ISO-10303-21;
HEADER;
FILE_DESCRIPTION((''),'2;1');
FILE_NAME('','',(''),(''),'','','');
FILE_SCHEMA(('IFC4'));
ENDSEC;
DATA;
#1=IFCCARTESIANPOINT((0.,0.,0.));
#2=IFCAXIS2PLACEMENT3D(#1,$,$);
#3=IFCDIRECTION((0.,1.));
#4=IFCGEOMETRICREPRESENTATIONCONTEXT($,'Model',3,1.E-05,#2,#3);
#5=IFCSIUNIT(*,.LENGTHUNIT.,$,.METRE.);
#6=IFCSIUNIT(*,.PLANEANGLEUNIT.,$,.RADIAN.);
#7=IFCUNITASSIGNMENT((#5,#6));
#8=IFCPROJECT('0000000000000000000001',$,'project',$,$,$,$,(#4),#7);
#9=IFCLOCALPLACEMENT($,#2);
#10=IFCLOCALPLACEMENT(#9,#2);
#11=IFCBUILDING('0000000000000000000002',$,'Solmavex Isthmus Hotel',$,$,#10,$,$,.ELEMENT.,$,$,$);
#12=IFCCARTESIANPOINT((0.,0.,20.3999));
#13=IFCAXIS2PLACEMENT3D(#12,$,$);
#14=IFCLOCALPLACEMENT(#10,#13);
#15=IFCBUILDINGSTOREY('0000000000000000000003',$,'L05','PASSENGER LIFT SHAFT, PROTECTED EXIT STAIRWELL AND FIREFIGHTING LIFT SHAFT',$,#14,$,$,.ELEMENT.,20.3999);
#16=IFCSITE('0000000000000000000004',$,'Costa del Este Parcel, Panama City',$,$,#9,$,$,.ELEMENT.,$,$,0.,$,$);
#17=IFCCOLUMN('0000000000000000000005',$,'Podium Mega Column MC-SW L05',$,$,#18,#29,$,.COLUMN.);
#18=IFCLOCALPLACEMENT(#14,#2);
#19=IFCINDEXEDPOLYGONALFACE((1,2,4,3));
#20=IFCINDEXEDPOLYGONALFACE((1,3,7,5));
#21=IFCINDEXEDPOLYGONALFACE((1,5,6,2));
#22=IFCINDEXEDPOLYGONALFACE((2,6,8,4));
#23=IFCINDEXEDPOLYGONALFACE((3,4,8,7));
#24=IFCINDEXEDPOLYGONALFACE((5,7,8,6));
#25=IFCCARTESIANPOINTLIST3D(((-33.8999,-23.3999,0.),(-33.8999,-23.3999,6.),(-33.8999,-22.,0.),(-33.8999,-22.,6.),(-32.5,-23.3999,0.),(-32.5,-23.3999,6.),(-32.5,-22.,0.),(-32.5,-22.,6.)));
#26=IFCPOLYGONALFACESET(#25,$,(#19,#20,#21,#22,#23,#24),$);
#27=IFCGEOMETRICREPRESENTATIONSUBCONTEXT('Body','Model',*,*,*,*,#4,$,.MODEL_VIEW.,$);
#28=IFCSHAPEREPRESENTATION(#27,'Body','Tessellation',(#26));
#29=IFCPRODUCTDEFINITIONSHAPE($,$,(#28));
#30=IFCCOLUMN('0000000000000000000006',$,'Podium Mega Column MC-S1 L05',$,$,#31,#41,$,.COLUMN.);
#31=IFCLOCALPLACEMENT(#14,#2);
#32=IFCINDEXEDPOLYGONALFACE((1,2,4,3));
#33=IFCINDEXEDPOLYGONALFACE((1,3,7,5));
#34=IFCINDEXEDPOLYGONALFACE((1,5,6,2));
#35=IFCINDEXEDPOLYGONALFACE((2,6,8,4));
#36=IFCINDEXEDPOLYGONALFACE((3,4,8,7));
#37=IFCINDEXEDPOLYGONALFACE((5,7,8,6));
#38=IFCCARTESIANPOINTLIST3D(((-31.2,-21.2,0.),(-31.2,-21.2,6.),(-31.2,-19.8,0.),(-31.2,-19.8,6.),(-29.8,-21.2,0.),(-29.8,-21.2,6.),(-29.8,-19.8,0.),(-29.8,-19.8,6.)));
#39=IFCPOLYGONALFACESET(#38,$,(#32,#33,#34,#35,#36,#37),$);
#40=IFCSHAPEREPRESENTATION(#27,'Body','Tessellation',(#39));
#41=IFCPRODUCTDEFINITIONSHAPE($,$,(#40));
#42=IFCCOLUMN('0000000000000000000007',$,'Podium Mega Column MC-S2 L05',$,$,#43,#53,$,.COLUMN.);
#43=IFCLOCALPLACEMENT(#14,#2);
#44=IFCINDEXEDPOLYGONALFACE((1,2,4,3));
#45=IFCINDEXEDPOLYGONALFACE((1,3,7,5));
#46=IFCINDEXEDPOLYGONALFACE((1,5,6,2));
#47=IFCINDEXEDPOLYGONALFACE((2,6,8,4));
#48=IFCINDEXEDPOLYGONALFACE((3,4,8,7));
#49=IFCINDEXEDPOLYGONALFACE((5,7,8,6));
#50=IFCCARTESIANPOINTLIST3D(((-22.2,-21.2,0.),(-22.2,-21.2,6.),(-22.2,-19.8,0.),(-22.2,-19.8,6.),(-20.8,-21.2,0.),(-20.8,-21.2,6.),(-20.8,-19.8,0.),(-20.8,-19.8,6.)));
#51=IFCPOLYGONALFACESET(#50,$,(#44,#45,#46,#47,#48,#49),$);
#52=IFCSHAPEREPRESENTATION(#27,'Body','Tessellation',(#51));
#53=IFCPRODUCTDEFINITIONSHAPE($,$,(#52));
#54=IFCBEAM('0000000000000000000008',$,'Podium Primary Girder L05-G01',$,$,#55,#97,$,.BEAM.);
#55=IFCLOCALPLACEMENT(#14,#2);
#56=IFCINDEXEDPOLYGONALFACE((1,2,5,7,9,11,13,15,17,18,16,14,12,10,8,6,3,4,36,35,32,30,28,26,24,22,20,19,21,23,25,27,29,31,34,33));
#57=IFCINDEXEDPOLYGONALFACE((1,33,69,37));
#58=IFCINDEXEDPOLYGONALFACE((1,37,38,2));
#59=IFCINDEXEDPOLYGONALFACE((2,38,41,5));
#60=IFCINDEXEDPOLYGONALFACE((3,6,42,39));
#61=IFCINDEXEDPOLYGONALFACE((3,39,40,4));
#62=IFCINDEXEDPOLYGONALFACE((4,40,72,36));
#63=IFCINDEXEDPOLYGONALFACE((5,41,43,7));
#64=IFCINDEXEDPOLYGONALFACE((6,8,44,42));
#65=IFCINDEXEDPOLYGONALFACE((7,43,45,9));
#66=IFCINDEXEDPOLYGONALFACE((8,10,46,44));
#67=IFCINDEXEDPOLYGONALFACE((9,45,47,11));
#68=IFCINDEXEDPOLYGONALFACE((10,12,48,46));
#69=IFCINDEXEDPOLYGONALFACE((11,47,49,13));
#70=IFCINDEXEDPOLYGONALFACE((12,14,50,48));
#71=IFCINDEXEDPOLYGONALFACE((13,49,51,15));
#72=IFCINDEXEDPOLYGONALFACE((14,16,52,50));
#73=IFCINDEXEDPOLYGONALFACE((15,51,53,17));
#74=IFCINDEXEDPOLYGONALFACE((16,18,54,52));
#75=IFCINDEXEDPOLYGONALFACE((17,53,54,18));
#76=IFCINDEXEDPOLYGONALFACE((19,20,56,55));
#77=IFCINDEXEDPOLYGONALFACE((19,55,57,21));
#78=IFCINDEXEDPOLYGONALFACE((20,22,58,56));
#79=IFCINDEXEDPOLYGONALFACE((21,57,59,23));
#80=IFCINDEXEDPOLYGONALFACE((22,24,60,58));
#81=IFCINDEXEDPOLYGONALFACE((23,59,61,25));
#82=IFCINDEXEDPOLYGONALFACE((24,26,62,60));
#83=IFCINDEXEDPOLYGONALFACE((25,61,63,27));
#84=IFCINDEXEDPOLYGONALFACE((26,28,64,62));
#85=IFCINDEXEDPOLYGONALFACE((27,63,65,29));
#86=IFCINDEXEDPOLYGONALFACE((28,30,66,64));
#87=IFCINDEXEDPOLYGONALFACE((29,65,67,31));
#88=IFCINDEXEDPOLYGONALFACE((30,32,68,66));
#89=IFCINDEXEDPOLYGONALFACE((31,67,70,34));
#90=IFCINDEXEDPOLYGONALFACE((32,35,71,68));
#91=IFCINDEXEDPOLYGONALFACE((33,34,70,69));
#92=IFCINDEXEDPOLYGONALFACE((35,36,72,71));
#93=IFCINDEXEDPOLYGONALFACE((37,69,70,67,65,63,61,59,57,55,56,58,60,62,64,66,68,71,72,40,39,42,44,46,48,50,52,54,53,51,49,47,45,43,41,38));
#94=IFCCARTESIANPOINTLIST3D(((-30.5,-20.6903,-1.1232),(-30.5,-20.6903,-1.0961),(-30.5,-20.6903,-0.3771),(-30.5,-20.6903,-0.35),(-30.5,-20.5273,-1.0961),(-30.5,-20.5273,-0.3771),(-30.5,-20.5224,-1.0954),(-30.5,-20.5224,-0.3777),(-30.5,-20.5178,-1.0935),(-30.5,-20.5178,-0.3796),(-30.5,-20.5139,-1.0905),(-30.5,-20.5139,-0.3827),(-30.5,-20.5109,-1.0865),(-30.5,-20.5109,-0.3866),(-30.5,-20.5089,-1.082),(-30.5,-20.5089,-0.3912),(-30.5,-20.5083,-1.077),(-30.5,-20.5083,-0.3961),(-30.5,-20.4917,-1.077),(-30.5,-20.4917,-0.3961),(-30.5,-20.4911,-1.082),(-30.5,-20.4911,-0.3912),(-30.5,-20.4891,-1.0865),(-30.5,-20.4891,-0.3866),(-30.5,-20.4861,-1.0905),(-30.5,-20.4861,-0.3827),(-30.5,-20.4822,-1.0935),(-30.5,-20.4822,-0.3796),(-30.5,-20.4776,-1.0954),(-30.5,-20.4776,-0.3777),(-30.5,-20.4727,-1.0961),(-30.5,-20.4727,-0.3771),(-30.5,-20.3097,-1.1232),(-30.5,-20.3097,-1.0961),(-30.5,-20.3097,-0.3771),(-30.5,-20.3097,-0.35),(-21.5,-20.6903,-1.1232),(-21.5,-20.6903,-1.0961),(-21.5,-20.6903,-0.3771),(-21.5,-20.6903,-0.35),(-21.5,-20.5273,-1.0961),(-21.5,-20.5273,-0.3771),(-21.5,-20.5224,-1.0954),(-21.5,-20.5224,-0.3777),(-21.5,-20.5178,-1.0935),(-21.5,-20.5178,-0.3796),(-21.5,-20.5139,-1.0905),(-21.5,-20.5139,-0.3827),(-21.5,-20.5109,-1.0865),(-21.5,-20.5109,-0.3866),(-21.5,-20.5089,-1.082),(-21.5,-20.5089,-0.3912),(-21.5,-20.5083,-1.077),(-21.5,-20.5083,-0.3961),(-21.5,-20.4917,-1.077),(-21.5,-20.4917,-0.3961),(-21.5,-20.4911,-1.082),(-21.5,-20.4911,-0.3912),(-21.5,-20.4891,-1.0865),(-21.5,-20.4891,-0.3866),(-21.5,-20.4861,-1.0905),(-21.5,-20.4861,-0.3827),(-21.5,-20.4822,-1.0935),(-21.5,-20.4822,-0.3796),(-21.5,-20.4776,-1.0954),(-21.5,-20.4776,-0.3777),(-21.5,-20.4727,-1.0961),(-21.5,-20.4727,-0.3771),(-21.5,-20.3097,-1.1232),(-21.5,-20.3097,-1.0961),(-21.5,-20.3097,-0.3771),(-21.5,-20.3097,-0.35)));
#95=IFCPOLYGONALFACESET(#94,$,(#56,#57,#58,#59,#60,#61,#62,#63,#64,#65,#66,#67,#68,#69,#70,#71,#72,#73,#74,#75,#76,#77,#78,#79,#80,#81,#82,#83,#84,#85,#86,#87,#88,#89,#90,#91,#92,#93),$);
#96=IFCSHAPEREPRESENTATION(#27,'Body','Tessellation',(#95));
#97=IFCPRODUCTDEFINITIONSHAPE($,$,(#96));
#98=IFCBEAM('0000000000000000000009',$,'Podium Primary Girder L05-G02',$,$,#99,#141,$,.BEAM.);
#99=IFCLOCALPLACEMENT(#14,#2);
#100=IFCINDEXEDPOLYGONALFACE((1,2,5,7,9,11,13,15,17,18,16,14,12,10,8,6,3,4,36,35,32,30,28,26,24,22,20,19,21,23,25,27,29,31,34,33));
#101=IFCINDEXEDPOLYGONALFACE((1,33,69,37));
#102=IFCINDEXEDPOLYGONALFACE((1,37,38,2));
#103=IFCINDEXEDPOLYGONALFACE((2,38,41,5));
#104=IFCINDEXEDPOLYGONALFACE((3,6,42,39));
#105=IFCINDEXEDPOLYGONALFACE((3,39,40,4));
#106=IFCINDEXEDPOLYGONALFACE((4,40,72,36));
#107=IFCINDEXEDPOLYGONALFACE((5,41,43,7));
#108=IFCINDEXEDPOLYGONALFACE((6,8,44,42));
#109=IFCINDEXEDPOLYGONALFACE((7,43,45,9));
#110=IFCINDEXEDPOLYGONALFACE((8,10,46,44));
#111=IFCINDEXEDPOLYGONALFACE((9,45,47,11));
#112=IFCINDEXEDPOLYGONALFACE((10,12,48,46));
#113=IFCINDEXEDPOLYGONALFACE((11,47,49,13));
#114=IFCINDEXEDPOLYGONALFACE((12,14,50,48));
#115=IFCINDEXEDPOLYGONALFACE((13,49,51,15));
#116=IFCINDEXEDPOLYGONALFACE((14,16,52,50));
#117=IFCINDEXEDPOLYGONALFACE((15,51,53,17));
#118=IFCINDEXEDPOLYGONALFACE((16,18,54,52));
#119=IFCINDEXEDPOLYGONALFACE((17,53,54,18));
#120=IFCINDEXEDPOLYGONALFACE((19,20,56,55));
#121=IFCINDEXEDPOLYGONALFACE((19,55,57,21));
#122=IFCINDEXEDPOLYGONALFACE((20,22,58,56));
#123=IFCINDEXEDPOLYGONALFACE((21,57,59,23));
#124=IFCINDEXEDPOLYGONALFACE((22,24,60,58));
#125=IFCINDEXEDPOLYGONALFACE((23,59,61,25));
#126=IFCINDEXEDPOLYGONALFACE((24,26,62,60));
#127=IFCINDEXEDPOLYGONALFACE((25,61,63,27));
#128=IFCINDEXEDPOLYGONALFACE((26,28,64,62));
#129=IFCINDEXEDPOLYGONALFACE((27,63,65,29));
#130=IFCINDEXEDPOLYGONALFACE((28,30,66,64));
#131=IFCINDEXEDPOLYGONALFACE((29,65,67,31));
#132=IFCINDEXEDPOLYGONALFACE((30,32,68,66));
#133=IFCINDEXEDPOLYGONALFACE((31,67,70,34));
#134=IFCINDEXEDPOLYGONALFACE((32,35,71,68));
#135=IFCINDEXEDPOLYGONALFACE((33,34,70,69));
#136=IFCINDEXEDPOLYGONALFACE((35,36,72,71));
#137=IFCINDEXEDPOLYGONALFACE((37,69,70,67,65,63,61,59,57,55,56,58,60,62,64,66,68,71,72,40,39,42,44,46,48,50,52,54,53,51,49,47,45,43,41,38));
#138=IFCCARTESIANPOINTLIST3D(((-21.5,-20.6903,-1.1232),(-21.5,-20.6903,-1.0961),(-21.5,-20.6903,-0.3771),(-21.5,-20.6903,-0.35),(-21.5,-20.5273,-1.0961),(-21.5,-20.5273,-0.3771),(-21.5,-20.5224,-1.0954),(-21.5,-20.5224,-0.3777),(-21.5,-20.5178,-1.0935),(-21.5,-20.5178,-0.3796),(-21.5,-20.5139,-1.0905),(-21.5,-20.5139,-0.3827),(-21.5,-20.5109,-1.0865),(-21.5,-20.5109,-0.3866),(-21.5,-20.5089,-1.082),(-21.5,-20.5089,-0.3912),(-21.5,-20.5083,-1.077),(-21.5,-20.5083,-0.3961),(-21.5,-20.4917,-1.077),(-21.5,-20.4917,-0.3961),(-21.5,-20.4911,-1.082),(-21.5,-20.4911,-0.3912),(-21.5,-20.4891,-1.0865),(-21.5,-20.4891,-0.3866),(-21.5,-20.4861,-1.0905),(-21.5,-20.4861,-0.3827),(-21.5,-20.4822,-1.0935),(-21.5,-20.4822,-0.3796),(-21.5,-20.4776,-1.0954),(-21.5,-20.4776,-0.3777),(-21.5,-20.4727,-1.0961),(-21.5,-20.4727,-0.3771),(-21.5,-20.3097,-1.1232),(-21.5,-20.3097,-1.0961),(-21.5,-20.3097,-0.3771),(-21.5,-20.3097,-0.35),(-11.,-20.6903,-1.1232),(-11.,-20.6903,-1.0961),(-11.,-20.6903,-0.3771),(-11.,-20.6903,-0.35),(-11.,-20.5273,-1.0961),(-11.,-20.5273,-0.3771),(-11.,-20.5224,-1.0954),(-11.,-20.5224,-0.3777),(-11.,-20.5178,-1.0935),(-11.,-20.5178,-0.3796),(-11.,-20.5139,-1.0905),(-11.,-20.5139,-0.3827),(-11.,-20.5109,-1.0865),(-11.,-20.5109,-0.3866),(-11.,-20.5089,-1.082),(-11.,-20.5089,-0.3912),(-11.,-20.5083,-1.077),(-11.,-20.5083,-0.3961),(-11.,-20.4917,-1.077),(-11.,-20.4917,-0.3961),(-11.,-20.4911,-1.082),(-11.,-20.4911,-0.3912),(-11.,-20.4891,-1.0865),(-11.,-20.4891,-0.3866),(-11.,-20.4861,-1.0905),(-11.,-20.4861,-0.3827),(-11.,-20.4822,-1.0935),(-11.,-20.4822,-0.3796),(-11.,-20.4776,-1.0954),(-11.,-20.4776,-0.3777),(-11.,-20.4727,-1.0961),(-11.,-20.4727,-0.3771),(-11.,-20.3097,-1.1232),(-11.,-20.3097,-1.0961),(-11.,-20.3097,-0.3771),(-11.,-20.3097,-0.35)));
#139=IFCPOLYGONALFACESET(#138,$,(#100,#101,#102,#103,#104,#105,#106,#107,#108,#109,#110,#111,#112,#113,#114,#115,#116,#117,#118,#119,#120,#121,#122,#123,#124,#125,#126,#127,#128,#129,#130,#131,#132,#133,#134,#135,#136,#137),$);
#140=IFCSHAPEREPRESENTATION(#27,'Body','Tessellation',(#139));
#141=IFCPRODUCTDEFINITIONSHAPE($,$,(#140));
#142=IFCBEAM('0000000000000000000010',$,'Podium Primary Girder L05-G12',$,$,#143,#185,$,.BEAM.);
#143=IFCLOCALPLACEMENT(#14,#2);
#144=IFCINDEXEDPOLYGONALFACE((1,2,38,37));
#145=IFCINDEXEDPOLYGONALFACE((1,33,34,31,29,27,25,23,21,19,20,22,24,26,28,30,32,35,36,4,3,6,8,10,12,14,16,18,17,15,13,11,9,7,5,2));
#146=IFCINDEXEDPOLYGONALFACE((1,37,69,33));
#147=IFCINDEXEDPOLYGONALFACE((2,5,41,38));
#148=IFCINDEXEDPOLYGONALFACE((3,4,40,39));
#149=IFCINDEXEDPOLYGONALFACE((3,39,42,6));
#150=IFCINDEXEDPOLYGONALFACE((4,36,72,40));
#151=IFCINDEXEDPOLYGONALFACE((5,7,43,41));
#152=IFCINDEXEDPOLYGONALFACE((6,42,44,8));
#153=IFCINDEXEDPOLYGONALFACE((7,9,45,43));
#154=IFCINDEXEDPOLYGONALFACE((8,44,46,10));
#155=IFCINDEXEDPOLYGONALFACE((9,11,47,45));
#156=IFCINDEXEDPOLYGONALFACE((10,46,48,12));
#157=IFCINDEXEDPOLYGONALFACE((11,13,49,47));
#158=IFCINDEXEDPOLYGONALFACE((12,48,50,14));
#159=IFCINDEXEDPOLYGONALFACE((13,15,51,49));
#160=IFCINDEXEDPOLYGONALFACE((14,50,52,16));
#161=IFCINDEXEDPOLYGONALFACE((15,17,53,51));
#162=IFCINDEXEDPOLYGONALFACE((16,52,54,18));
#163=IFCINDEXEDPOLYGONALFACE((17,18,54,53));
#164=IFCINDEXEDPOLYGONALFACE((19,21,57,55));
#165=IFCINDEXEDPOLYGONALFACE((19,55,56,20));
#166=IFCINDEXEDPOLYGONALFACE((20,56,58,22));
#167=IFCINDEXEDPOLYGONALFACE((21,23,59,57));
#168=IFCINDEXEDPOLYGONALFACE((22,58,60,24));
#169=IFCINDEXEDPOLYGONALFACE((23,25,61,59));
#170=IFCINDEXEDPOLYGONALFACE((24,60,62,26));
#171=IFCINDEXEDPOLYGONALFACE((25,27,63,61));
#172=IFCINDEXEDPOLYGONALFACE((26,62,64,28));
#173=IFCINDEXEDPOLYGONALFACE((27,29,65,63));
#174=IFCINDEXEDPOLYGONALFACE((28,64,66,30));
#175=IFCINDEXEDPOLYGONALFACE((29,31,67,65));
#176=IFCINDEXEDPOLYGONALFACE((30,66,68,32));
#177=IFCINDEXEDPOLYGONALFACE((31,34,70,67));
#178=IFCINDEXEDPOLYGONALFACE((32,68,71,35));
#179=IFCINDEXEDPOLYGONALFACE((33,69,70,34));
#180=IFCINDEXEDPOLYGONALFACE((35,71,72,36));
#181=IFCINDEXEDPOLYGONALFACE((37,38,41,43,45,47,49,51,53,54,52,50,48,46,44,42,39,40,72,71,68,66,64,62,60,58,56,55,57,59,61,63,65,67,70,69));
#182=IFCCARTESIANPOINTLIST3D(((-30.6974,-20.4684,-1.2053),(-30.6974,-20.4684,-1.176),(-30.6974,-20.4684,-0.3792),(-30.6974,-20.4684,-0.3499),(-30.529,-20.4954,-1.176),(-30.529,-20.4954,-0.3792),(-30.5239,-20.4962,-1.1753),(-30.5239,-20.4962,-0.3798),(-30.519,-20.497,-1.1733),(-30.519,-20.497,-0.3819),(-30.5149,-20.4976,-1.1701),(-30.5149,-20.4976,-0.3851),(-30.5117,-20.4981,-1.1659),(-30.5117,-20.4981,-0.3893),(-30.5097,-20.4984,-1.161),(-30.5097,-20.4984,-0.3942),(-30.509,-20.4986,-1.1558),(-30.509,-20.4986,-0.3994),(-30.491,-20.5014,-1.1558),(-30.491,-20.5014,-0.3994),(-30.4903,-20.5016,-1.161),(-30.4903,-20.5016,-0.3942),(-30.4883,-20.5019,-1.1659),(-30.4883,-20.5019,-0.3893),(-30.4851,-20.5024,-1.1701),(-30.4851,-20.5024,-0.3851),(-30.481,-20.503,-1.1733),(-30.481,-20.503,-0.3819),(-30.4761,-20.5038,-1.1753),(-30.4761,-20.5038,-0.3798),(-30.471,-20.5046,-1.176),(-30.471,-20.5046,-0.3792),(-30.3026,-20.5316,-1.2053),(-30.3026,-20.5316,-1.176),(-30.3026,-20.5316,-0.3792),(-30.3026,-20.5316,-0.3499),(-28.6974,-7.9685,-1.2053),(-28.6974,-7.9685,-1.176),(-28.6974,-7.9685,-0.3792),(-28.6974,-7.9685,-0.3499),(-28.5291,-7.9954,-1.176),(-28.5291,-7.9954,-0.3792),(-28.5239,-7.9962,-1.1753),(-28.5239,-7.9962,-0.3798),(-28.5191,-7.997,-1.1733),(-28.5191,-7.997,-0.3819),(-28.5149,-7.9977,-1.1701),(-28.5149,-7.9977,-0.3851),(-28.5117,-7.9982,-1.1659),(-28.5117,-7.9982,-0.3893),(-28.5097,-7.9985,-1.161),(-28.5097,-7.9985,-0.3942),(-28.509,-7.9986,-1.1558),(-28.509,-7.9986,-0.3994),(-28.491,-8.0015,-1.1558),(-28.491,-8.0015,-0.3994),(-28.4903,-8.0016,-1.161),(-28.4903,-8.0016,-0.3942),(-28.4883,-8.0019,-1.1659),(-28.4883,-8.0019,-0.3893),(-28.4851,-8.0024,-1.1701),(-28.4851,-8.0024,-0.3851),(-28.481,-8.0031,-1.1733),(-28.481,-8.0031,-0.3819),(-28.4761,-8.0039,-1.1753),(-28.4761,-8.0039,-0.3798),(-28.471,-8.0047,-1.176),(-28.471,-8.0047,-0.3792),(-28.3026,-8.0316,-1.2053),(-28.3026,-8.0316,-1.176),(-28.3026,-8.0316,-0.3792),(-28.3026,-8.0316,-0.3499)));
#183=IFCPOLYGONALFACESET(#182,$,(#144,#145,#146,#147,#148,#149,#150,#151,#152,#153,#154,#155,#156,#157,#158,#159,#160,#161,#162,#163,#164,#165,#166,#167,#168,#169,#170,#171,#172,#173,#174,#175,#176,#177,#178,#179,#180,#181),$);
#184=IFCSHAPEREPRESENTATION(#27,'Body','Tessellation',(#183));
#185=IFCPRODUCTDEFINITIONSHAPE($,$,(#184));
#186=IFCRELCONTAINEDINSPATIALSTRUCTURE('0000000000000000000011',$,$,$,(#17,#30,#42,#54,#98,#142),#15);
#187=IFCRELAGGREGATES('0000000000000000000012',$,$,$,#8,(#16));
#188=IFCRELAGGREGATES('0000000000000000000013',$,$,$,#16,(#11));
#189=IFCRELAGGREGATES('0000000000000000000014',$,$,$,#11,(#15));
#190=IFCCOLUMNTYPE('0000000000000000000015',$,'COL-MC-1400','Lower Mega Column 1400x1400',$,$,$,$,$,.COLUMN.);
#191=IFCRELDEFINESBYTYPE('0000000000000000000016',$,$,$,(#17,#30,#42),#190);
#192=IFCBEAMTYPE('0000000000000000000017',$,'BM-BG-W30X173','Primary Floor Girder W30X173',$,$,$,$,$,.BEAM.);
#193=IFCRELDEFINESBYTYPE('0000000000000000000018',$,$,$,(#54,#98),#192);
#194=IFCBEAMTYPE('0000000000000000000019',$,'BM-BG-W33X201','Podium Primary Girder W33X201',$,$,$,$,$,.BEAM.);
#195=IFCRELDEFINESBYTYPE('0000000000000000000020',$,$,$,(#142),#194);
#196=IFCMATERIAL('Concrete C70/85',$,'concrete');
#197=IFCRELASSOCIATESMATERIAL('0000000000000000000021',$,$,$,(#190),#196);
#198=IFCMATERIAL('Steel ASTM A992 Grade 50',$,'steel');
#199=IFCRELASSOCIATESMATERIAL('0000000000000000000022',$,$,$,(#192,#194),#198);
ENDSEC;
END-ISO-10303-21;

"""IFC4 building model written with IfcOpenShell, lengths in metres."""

from ifc_helpers import new_model, si_unit, direction, frame, origin, origin_2d, place, context, subcontext, project, spatial, rectangle, i_section, extrude, material, material_profile, profile_set, type_object, element, save


model = new_model("IFC4")

# Units and contexts
model_context = context("Model", 3, precision=1e-05, world=origin(), true_north=direction((0.0, 1.0)))
body_context = subcontext(model_context, "Body", "Model", "MODEL_VIEW")
ifc_project = project(units=[si_unit("LENGTHUNIT", "METRE"), si_unit("PLANEANGLEUNIT", "RADIAN")], contexts=[model_context])

# Site, building, storey
site_placement = place(None, origin())
site = spatial("IfcSite", under=ifc_project, at=site_placement, Name="Costa del Este Parcel, Panama City", CompositionType="ELEMENT", RefElevation=0.0)
building_placement = place(site_placement, origin())
building = spatial("IfcBuilding", under=site, at=building_placement, Name="Solmavex Isthmus Hotel", CompositionType="ELEMENT")
storey_placement = place(building_placement, frame((0.0, 0.0, 20.3999)))
storey = spatial("IfcBuildingStorey", under=building, at=storey_placement, Name="L05", Description="PASSENGER LIFT SHAFT, PROTECTED EXIT STAIRWELL AND FIREFIGHTING LIFT SHAFT", CompositionType="ELEMENT", Elevation=20.3999)

# Columns
ifc_material_1 = material(Name="Concrete C70/85", Category="concrete")
ifc_material_profile_1 = material_profile(ifc_material_1, rectangle(XDim=1.3999, YDim=1.3999, at=origin_2d()), Name="RC1400X1400")
ifc_profile_set_1 = profile_set([ifc_material_profile_1], Name="Concrete C70/85")
column_type = type_object("IfcColumnType", Name="COL-MC-1400", Description="Lower Mega Column 1400x1400", PredefinedType="COLUMN", material=ifc_profile_set_1)
for number, where, z_axis, x_axis, name in (
    (1, (-33.2, -22.7, 0.0), (0.0, 0.0, 1.0), (1.0, 0.0, 0.0), "Podium Mega Column MC-SW L05"),
    (2, (-30.5, -20.5, 0.0), (0.0, 0.0, 1.0), (1.0, 0.0, 0.0), "Podium Mega Column MC-S1 L05"),
    (3, (-21.5, -20.5, 0.0), (0.0, 0.0, 1.0), (1.0, 0.0, 0.0), "Podium Mega Column MC-S2 L05"),
):
    element("IfcColumn", number, at=place(storey_placement, frame(where, z_axis=z_axis, x_axis=x_axis)), inside=storey, type_object=column_type, Name=name, PredefinedType="COLUMN", context=body_context, shape_type="SweptSolid", body=[
        extrude(rectangle(XDim=1.3999, YDim=1.3999, at=origin_2d()), origin(), (0.0, 0.0, 1.0), 6.0),
    ])

# Beams
ifc_material_2 = material(Name="Steel ASTM A992 Grade 50", Category="steel")
ifc_material_profile_2 = material_profile(ifc_material_2, i_section(OverallWidth=0.3806, OverallDepth=0.7732, WebThickness=0.0166, FlangeThickness=0.0271, FilletRadius=0.019, at=origin_2d()), Name="W30X173")
ifc_profile_set_2 = profile_set([ifc_material_profile_2], Name="Steel ASTM A992 Grade 50")
beam_type_1 = type_object("IfcBeamType", Name="BM-BG-W30X173", Description="Primary Floor Girder W30X173", PredefinedType="BEAM", material=ifc_profile_set_2)
beam_1_placement = place(storey_placement, frame((-30.5, -20.5, -0.7366), z_axis=(1.0, 0.0, 0.0), x_axis=(0.0, 1.0, 0.0)))
element("IfcBeam", 4, at=beam_1_placement, inside=storey, type_object=beam_type_1, Name="Podium Primary Girder L05-G01", PredefinedType="BEAM", context=body_context, shape_type="SweptSolid", body=[
    extrude(i_section(OverallWidth=0.3806, OverallDepth=0.7732, WebThickness=0.0166, FlangeThickness=0.0271, FilletRadius=0.019, at=origin_2d()), origin(), (0.0, 0.0, 1.0), 9.0),
])
beam_2_placement = place(storey_placement, frame((-21.5, -20.5, -0.7366), z_axis=(1.0, 0.0, 0.0), x_axis=(0.0, 1.0, 0.0)))
element("IfcBeam", 5, at=beam_2_placement, inside=storey, type_object=beam_type_1, Name="Podium Primary Girder L05-G02", PredefinedType="BEAM", context=body_context, shape_type="SweptSolid", body=[
    extrude(i_section(OverallWidth=0.3806, OverallDepth=0.7732, WebThickness=0.0166, FlangeThickness=0.0271, FilletRadius=0.019, at=origin_2d()), origin(), (0.0, 0.0, 1.0), 10.5),
])
ifc_material_profile_3 = material_profile(ifc_material_2, i_section(OverallWidth=0.3999, OverallDepth=0.8555, WebThickness=0.0183, FlangeThickness=0.0293, FilletRadius=0.0203, at=origin_2d()), Name="W33X201")
ifc_profile_set_3 = profile_set([ifc_material_profile_3], Name="Steel ASTM A992 Grade 50")
beam_type_2 = type_object("IfcBeamType", Name="BM-BG-W33X201", Description="Podium Primary Girder W33X201", PredefinedType="BEAM", material=ifc_profile_set_3)
beam_3_placement = place(storey_placement, frame((-30.5, -20.5, -0.7776), z_axis=(0.157991, 0.987441, 0.0), x_axis=(-0.987441, 0.157991, 0.0)))
element("IfcBeam", 6, at=beam_3_placement, inside=storey, type_object=beam_type_2, Name="Podium Primary Girder L05-G12", PredefinedType="BEAM", context=body_context, shape_type="SweptSolid", body=[
    extrude(i_section(OverallWidth=0.3999, OverallDepth=0.8555, WebThickness=0.0183, FlangeThickness=0.0293, FilletRadius=0.0203, at=origin_2d()), origin(), (0.0, 0.0, 1.0), 12.6589),
])

save(model, "model.ifc")
